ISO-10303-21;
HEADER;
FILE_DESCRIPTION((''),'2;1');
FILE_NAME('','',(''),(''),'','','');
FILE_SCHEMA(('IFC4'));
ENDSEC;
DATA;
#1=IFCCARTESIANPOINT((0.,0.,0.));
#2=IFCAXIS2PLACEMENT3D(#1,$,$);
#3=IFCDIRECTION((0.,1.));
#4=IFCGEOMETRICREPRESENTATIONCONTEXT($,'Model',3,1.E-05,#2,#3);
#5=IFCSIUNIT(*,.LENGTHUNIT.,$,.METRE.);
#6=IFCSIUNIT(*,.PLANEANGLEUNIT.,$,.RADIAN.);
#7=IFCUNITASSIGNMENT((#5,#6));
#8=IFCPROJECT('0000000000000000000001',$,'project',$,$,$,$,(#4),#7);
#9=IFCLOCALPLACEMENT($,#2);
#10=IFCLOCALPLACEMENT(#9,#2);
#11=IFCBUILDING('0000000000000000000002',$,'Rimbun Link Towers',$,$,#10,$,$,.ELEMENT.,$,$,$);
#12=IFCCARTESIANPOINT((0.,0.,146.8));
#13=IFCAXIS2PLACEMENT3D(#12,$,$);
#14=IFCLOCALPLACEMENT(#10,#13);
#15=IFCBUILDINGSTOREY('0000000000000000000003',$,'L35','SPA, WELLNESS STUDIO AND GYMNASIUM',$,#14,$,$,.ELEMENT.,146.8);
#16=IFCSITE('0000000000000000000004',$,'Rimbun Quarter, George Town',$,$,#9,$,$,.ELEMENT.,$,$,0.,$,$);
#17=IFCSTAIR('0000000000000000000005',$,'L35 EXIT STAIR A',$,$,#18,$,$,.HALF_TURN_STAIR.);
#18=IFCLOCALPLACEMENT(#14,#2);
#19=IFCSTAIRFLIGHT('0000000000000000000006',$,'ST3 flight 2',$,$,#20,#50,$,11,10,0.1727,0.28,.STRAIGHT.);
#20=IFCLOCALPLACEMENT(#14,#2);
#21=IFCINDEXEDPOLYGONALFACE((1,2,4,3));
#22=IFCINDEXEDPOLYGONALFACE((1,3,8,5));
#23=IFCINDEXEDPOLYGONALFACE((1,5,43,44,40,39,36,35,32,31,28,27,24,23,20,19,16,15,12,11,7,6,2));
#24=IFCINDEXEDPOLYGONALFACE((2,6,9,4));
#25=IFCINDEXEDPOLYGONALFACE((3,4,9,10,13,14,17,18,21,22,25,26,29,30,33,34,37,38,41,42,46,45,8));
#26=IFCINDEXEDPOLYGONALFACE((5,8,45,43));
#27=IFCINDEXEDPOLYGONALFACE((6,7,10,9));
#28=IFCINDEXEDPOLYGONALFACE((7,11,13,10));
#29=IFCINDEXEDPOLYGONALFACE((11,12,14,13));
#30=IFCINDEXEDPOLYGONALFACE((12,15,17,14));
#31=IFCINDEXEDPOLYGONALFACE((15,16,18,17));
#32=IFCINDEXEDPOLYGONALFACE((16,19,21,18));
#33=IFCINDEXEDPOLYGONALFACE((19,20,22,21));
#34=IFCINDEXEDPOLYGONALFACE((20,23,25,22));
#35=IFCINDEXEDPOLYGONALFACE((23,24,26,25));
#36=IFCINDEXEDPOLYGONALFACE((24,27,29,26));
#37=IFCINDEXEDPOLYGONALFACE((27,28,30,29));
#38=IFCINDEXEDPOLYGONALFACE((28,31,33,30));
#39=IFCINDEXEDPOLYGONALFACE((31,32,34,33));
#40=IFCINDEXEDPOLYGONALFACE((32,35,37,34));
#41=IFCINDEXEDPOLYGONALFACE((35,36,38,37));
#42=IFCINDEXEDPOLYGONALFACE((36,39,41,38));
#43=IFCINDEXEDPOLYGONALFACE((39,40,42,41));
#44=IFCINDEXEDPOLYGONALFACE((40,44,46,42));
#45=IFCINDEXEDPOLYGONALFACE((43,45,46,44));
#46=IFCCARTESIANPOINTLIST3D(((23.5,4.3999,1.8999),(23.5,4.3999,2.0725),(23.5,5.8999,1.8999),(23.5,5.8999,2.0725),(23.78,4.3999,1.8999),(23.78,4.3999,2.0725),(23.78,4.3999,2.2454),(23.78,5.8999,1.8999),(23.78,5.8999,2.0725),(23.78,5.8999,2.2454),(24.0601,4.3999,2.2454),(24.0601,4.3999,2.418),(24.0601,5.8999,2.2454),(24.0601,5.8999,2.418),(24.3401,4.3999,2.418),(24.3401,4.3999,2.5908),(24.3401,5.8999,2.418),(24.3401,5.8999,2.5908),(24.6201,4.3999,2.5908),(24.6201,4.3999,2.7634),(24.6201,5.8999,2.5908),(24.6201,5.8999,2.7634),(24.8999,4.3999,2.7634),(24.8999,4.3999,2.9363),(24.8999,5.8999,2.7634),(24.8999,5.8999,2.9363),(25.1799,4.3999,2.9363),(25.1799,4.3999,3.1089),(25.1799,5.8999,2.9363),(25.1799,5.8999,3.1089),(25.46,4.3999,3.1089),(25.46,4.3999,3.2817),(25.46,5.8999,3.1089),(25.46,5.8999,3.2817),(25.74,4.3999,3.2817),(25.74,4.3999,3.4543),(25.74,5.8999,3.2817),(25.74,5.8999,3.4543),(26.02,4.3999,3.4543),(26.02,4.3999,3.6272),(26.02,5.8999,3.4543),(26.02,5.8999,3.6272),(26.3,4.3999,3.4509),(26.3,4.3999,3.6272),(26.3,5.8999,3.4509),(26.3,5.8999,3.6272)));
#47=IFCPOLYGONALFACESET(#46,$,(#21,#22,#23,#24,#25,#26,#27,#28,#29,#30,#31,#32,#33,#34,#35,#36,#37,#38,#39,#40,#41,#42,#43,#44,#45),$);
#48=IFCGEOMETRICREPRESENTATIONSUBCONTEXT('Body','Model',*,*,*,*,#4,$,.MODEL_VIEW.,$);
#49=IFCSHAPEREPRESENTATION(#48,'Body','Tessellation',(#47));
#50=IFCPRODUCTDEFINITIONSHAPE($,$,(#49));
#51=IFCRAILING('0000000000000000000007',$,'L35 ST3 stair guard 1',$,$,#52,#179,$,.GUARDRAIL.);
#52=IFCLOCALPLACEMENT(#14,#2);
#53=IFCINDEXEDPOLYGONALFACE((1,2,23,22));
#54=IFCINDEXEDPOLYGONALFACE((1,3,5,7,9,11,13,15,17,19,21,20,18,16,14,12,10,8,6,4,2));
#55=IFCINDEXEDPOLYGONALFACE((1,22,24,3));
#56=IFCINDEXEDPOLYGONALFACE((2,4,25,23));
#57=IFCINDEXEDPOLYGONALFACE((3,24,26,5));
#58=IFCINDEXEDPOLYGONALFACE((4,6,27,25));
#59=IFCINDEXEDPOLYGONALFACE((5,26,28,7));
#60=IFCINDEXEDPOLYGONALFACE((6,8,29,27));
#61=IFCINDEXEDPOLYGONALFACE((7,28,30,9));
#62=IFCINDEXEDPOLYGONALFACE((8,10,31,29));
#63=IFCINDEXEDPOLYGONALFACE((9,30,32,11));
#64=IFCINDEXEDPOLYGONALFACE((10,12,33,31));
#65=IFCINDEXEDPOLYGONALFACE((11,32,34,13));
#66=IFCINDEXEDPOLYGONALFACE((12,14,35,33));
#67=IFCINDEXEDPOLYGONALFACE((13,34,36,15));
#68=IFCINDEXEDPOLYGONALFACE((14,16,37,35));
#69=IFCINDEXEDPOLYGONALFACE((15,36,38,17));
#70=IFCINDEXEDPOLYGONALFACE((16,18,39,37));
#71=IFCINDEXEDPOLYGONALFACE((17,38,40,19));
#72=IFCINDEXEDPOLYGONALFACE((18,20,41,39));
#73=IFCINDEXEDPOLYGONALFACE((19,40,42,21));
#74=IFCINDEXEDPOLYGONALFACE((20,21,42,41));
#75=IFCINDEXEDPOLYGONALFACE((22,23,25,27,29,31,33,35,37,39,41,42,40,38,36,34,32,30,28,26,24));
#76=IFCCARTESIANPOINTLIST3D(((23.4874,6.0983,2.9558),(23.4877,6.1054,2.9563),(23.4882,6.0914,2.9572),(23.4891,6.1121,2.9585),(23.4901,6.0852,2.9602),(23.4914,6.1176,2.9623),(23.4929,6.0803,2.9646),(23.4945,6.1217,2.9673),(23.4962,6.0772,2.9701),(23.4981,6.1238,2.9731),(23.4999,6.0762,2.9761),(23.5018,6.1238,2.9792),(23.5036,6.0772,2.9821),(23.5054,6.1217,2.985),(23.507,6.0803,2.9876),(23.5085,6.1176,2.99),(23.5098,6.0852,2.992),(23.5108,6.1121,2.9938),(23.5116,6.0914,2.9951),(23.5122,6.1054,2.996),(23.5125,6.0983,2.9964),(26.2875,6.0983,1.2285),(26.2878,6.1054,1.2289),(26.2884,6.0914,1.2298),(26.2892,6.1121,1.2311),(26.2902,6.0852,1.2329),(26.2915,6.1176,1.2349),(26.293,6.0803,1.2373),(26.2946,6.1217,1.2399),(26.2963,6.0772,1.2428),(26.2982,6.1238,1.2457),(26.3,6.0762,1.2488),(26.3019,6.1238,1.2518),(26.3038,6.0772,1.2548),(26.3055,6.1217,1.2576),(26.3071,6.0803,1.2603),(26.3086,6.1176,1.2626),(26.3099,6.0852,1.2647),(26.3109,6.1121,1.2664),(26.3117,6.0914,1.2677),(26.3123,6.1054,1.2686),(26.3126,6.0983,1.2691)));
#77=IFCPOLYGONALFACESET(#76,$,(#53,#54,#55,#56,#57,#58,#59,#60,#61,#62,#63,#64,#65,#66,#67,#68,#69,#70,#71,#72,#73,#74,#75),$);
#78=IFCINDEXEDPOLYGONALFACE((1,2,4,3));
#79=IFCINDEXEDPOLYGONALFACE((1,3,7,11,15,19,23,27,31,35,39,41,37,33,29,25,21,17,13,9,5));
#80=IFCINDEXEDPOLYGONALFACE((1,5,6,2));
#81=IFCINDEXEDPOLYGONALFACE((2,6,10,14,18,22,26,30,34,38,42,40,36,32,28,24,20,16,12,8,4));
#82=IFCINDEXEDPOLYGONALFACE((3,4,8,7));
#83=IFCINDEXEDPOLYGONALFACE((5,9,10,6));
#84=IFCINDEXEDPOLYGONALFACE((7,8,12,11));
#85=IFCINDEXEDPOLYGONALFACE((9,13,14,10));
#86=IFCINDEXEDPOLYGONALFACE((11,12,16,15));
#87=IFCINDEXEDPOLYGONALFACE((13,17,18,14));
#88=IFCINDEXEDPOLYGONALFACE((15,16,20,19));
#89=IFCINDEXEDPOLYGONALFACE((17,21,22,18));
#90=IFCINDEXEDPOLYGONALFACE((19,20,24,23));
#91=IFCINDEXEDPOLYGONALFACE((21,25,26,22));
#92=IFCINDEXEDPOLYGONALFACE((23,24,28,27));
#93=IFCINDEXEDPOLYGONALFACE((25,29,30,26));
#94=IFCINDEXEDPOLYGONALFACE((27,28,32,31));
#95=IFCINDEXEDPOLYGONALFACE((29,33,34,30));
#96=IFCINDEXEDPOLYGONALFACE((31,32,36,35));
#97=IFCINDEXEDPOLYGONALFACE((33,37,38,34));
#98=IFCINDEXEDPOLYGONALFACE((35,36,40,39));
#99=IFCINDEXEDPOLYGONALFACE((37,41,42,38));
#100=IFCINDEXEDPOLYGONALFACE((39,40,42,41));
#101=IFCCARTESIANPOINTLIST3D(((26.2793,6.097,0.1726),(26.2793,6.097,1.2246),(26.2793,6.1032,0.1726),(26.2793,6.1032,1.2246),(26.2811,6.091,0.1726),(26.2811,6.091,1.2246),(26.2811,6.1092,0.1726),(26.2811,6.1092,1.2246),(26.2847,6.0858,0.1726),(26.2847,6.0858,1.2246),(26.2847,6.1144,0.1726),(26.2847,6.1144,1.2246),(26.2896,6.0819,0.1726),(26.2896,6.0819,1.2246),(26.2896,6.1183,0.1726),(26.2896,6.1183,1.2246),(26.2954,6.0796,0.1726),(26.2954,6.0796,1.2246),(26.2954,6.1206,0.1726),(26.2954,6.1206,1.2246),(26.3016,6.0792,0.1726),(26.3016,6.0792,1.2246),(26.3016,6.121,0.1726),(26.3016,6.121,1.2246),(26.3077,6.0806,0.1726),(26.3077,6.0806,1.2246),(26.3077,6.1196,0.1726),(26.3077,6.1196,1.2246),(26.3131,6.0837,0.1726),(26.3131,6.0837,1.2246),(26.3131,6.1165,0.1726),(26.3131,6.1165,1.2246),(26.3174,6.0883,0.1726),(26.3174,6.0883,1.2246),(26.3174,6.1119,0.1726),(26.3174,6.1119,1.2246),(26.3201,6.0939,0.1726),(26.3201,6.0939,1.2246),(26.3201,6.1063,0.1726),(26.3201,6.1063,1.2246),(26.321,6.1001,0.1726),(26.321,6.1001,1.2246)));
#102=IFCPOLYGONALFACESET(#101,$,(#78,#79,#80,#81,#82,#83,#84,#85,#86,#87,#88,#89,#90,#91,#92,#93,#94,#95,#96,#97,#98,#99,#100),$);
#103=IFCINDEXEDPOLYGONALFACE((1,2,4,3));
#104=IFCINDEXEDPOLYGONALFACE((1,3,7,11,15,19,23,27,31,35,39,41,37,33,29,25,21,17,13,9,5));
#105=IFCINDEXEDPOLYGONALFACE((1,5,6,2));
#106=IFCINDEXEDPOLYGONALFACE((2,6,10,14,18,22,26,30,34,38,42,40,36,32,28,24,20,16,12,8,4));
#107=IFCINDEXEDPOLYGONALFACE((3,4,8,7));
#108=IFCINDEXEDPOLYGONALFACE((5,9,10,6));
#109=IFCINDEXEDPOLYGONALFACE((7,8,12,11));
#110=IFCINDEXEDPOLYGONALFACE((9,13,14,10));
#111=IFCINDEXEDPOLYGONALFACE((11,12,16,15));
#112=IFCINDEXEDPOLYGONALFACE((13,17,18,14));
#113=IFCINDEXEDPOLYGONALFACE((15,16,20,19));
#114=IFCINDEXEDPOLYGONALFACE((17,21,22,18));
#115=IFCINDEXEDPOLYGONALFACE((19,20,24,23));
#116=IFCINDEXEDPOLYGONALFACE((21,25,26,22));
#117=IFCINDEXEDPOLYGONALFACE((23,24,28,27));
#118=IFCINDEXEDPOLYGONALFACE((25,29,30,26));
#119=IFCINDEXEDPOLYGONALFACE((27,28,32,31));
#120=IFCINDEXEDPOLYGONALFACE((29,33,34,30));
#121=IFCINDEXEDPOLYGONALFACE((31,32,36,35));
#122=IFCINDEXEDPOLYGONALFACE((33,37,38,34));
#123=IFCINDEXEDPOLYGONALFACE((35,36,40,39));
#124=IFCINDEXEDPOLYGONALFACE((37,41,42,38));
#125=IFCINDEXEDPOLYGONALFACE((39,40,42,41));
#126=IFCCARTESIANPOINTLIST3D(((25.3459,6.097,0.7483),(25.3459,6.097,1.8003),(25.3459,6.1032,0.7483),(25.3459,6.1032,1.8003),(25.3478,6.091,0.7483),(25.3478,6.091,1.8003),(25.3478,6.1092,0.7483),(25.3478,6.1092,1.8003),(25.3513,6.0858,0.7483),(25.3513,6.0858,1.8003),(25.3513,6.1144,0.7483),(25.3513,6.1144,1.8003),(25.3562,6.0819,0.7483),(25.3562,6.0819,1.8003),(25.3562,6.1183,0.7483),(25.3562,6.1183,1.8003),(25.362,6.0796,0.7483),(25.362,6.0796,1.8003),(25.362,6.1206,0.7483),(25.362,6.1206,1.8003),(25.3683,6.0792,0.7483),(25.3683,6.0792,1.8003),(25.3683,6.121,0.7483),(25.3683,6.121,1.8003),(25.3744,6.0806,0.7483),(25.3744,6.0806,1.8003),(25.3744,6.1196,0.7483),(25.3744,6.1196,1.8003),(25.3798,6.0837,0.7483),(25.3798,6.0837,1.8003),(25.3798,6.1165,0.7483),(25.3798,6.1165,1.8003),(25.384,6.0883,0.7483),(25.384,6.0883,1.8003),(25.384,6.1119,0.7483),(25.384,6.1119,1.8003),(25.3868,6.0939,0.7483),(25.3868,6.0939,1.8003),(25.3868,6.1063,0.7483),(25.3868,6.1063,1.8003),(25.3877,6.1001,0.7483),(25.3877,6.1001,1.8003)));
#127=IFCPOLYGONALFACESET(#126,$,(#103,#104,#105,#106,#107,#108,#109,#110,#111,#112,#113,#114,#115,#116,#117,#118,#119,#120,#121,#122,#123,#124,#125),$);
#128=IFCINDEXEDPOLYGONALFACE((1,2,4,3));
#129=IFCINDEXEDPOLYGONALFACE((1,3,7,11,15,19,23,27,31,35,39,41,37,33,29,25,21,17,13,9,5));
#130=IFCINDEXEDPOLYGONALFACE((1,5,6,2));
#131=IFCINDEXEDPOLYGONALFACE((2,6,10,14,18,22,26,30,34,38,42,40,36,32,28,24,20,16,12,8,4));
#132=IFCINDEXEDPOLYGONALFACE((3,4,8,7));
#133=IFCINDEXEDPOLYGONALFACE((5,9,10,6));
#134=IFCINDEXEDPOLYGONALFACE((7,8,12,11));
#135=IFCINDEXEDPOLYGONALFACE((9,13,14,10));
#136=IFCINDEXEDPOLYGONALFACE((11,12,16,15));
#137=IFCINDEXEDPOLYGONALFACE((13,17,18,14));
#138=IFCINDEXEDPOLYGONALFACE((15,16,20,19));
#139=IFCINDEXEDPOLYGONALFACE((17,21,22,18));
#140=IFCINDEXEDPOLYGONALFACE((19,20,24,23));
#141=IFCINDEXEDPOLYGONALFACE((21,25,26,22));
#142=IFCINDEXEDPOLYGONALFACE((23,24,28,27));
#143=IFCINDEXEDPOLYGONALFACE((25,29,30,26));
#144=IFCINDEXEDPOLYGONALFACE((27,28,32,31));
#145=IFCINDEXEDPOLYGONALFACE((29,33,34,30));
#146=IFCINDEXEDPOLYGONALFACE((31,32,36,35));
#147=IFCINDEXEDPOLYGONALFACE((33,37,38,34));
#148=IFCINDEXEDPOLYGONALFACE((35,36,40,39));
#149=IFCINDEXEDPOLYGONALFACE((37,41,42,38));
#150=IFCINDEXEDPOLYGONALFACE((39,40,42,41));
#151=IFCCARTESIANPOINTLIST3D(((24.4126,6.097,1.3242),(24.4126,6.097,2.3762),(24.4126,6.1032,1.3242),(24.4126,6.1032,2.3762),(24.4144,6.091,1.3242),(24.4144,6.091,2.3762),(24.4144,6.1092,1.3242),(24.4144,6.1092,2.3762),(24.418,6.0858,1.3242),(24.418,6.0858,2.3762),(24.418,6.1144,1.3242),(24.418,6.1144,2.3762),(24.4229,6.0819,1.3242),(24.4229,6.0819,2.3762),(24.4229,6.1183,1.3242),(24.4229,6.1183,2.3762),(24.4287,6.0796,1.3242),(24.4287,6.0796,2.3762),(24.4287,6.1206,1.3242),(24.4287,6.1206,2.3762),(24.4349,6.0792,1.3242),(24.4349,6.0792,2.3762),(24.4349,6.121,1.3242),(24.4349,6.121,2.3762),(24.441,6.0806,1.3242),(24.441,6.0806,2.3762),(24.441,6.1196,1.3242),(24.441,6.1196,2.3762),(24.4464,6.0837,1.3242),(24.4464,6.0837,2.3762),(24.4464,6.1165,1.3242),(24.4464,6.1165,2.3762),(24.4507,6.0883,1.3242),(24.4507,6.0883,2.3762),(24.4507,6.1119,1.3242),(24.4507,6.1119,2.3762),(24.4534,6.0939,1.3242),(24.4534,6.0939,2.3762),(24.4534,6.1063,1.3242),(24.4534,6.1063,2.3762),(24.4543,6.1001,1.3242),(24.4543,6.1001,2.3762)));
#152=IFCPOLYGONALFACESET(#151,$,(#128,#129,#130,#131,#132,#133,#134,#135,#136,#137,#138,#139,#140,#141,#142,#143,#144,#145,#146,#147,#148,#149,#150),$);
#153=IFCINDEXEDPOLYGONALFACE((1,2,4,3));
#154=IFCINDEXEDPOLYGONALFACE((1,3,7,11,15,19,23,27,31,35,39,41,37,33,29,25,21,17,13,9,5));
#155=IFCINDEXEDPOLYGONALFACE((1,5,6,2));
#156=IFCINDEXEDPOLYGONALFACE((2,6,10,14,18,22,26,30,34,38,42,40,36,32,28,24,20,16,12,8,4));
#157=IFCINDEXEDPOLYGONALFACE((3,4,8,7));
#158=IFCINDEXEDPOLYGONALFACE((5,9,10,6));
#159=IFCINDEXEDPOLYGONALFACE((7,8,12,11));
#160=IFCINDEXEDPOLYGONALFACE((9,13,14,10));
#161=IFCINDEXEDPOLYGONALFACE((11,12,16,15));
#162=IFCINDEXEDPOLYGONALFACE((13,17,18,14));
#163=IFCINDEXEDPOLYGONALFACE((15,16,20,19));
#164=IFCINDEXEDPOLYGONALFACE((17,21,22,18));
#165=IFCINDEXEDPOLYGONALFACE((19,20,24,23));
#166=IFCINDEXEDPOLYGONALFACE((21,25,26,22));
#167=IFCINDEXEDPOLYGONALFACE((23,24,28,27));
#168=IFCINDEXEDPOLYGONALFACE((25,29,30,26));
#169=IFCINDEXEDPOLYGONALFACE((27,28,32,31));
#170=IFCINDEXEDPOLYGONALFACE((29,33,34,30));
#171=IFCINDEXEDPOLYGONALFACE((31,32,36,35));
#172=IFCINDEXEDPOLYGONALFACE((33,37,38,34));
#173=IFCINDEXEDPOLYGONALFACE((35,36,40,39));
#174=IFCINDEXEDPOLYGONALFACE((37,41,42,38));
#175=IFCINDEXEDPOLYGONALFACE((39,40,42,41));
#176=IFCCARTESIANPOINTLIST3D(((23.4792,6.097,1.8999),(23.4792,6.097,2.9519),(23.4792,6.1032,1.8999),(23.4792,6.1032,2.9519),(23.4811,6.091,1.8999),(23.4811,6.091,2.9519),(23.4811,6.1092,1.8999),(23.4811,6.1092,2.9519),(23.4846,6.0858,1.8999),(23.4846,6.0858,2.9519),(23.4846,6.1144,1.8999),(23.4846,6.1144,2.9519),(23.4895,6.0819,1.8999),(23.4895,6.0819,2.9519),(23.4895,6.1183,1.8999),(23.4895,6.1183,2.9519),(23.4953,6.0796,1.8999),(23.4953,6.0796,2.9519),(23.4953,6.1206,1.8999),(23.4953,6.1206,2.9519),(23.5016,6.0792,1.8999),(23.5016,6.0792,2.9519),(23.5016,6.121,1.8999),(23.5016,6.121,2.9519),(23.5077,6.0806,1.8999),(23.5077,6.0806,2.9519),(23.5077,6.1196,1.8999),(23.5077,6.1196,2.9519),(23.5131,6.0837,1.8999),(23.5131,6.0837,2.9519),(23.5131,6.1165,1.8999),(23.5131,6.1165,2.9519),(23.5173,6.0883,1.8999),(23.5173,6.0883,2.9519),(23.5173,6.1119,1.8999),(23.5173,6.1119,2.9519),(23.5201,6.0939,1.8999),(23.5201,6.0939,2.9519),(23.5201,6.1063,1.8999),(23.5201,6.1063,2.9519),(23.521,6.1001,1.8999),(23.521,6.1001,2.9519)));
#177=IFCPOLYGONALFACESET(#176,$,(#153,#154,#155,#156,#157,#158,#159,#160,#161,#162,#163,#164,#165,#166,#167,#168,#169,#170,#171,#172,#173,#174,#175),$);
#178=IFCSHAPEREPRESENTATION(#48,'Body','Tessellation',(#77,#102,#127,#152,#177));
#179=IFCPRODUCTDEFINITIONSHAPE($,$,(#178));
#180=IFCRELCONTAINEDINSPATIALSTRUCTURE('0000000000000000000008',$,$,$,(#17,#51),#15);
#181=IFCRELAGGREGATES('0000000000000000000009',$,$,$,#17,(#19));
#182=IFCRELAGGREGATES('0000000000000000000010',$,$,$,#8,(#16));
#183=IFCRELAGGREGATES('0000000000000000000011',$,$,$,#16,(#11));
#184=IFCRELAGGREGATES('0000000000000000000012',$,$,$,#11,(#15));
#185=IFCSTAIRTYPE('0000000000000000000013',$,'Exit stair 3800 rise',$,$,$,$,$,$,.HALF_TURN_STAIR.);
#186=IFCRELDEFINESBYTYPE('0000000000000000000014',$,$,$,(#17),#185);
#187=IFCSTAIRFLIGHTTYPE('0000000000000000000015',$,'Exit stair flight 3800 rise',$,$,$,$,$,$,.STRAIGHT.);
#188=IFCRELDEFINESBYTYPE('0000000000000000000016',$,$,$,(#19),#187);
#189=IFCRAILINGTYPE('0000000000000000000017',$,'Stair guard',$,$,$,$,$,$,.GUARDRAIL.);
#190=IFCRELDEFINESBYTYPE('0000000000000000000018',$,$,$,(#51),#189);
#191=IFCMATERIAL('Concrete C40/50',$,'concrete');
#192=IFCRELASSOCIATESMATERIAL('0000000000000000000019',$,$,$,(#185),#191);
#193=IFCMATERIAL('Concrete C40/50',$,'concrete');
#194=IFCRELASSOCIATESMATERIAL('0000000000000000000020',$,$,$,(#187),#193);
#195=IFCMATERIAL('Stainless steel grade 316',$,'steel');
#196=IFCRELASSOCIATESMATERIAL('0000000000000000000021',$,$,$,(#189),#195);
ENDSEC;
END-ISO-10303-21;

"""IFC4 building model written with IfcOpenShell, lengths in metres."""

from ifc_helpers import new_model, si_unit, direction, frame, origin, origin_2d, place, context, subcontext, project, spatial, polyline, circle, outline, extrude, material, type_object, element, aggregate, save


model = new_model("IFC4")

# Units and contexts
model_context = context("Model", 3, precision=1e-05, world=origin(), true_north=direction((0.0, 1.0)))
body_context = subcontext(model_context, "Body", "Model", "MODEL_VIEW")
ifc_project = project(units=[si_unit("LENGTHUNIT", "METRE"), si_unit("PLANEANGLEUNIT", "RADIAN")], contexts=[model_context])

# Site, building, storey
site_placement = place(None, origin())
site = spatial("IfcSite", under=ifc_project, at=site_placement, Name="Rimbun Quarter, George Town", CompositionType="ELEMENT", RefElevation=0.0)
building_placement = place(site_placement, origin())
building = spatial("IfcBuilding", under=site, at=building_placement, Name="Rimbun Link Towers", CompositionType="ELEMENT")
storey_placement = place(building_placement, frame((0.0, 0.0, 146.8)))
storey = spatial("IfcBuildingStorey", under=building, at=storey_placement, Name="L35", Description="SPA, WELLNESS STUDIO AND GYMNASIUM", CompositionType="ELEMENT", Elevation=146.8)

# Stair, stair flight
ifc_material_1 = material(Name="Concrete C40/50", Category="concrete")
stair_type = type_object("IfcStairType", Name="Exit stair 3800 rise", PredefinedType="HALF_TURN_STAIR", material=ifc_material_1)
stair_placement = place(storey_placement, origin())
stair = element("IfcStair", 1, at=stair_placement, inside=storey, type_object=stair_type, Name="L35 EXIT STAIR A", PredefinedType="HALF_TURN_STAIR")
ifc_material_2 = material(Name="Concrete C40/50", Category="concrete")
stair_flight_type = type_object("IfcStairFlightType", Name="Exit stair flight 3800 rise", PredefinedType="STRAIGHT", material=ifc_material_2)
stair_flight_1_placement = place(storey_placement, frame((23.5, 5.1499, 1.8999), z_axis=(0.0, 0.0, 1.0), x_axis=(1.0, 0.0, 0.0)))
stair_flight_1 = element("IfcStairFlight", 2, at=stair_flight_1_placement, type_object=stair_flight_type, Name="ST3 flight 2", NumberOfRisers=11, NumberOfTreads=10, PredefinedType="STRAIGHT", RiserHeight=0.1727, TreadLength=0.28, context=body_context, shape_type="SweptSolid", body=[
    extrude(outline(polyline([(0.0, 0.0), (0.0, 0.1726), (0.28, 0.1726), (0.28, 0.3455), (0.5601, 0.3455), (0.5601, 0.5181), (0.8401, 0.5181), (0.8401, 0.6909), (1.1201, 0.6909), (1.1201, 0.8635), (1.3999, 0.8635), (1.3999, 1.0364), (1.6799, 1.0364), (1.6799, 1.209), (1.96, 1.209), (1.96, 1.3818), (2.24, 1.3818), (2.24, 1.5544), (2.52, 1.5544), (2.52, 1.7273), (2.8, 1.7273), (2.8, 1.8999), (2.8, 1.551), (0.28, 0.0), (0.0, 0.0)])), frame((0.0, 0.75, 0.0), z_axis=(0.0, -1.0, 0.0), x_axis=(1.0, 0.0, 0.0)), (0.0, 0.0, 1.0), 1.5),
])
aggregate(stair, [stair_flight_1])

# Railing
ifc_material_3 = material(Name="Stainless steel grade 316", Category="steel")
railing_type_1 = type_object("IfcRailingType", Name="Stair guard", PredefinedType="GUARDRAIL", material=ifc_material_3)
railing_1_placement = place(storey_placement, frame((26.3, 6.1001, 0.1726)))
element("IfcRailing", 3, at=railing_1_placement, inside=storey, type_object=railing_type_1, Name="L35 ST3 stair guard 1", PredefinedType="GUARDRAIL", context=body_context, shape_type="SweptSolid", body=[
    extrude(circle(Radius=0.0239, at=origin_2d()), frame((0.0, 0.0, 1.0762), z_axis=(-0.85109, 0.0, 0.52502), x_axis=(0.0, -1.0, 0.0)), (0.0, 0.0, 1.0), 3.29),
    extrude(circle(Radius=0.021, at=origin_2d()), origin(), (0.0, 0.0, 1.0), 1.052),
    extrude(circle(Radius=0.021, at=origin_2d()), frame((-0.9333, 0.0, 0.5757)), (0.0, 0.0, 1.0), 1.052),
    extrude(circle(Radius=0.021, at=origin_2d()), frame((-1.8667, 0.0, 1.1516)), (0.0, 0.0, 1.0), 1.052),
    extrude(circle(Radius=0.021, at=origin_2d()), frame((-2.8, 0.0, 1.7273)), (0.0, 0.0, 1.0), 1.052),
])

save(model, "model.ifc")
